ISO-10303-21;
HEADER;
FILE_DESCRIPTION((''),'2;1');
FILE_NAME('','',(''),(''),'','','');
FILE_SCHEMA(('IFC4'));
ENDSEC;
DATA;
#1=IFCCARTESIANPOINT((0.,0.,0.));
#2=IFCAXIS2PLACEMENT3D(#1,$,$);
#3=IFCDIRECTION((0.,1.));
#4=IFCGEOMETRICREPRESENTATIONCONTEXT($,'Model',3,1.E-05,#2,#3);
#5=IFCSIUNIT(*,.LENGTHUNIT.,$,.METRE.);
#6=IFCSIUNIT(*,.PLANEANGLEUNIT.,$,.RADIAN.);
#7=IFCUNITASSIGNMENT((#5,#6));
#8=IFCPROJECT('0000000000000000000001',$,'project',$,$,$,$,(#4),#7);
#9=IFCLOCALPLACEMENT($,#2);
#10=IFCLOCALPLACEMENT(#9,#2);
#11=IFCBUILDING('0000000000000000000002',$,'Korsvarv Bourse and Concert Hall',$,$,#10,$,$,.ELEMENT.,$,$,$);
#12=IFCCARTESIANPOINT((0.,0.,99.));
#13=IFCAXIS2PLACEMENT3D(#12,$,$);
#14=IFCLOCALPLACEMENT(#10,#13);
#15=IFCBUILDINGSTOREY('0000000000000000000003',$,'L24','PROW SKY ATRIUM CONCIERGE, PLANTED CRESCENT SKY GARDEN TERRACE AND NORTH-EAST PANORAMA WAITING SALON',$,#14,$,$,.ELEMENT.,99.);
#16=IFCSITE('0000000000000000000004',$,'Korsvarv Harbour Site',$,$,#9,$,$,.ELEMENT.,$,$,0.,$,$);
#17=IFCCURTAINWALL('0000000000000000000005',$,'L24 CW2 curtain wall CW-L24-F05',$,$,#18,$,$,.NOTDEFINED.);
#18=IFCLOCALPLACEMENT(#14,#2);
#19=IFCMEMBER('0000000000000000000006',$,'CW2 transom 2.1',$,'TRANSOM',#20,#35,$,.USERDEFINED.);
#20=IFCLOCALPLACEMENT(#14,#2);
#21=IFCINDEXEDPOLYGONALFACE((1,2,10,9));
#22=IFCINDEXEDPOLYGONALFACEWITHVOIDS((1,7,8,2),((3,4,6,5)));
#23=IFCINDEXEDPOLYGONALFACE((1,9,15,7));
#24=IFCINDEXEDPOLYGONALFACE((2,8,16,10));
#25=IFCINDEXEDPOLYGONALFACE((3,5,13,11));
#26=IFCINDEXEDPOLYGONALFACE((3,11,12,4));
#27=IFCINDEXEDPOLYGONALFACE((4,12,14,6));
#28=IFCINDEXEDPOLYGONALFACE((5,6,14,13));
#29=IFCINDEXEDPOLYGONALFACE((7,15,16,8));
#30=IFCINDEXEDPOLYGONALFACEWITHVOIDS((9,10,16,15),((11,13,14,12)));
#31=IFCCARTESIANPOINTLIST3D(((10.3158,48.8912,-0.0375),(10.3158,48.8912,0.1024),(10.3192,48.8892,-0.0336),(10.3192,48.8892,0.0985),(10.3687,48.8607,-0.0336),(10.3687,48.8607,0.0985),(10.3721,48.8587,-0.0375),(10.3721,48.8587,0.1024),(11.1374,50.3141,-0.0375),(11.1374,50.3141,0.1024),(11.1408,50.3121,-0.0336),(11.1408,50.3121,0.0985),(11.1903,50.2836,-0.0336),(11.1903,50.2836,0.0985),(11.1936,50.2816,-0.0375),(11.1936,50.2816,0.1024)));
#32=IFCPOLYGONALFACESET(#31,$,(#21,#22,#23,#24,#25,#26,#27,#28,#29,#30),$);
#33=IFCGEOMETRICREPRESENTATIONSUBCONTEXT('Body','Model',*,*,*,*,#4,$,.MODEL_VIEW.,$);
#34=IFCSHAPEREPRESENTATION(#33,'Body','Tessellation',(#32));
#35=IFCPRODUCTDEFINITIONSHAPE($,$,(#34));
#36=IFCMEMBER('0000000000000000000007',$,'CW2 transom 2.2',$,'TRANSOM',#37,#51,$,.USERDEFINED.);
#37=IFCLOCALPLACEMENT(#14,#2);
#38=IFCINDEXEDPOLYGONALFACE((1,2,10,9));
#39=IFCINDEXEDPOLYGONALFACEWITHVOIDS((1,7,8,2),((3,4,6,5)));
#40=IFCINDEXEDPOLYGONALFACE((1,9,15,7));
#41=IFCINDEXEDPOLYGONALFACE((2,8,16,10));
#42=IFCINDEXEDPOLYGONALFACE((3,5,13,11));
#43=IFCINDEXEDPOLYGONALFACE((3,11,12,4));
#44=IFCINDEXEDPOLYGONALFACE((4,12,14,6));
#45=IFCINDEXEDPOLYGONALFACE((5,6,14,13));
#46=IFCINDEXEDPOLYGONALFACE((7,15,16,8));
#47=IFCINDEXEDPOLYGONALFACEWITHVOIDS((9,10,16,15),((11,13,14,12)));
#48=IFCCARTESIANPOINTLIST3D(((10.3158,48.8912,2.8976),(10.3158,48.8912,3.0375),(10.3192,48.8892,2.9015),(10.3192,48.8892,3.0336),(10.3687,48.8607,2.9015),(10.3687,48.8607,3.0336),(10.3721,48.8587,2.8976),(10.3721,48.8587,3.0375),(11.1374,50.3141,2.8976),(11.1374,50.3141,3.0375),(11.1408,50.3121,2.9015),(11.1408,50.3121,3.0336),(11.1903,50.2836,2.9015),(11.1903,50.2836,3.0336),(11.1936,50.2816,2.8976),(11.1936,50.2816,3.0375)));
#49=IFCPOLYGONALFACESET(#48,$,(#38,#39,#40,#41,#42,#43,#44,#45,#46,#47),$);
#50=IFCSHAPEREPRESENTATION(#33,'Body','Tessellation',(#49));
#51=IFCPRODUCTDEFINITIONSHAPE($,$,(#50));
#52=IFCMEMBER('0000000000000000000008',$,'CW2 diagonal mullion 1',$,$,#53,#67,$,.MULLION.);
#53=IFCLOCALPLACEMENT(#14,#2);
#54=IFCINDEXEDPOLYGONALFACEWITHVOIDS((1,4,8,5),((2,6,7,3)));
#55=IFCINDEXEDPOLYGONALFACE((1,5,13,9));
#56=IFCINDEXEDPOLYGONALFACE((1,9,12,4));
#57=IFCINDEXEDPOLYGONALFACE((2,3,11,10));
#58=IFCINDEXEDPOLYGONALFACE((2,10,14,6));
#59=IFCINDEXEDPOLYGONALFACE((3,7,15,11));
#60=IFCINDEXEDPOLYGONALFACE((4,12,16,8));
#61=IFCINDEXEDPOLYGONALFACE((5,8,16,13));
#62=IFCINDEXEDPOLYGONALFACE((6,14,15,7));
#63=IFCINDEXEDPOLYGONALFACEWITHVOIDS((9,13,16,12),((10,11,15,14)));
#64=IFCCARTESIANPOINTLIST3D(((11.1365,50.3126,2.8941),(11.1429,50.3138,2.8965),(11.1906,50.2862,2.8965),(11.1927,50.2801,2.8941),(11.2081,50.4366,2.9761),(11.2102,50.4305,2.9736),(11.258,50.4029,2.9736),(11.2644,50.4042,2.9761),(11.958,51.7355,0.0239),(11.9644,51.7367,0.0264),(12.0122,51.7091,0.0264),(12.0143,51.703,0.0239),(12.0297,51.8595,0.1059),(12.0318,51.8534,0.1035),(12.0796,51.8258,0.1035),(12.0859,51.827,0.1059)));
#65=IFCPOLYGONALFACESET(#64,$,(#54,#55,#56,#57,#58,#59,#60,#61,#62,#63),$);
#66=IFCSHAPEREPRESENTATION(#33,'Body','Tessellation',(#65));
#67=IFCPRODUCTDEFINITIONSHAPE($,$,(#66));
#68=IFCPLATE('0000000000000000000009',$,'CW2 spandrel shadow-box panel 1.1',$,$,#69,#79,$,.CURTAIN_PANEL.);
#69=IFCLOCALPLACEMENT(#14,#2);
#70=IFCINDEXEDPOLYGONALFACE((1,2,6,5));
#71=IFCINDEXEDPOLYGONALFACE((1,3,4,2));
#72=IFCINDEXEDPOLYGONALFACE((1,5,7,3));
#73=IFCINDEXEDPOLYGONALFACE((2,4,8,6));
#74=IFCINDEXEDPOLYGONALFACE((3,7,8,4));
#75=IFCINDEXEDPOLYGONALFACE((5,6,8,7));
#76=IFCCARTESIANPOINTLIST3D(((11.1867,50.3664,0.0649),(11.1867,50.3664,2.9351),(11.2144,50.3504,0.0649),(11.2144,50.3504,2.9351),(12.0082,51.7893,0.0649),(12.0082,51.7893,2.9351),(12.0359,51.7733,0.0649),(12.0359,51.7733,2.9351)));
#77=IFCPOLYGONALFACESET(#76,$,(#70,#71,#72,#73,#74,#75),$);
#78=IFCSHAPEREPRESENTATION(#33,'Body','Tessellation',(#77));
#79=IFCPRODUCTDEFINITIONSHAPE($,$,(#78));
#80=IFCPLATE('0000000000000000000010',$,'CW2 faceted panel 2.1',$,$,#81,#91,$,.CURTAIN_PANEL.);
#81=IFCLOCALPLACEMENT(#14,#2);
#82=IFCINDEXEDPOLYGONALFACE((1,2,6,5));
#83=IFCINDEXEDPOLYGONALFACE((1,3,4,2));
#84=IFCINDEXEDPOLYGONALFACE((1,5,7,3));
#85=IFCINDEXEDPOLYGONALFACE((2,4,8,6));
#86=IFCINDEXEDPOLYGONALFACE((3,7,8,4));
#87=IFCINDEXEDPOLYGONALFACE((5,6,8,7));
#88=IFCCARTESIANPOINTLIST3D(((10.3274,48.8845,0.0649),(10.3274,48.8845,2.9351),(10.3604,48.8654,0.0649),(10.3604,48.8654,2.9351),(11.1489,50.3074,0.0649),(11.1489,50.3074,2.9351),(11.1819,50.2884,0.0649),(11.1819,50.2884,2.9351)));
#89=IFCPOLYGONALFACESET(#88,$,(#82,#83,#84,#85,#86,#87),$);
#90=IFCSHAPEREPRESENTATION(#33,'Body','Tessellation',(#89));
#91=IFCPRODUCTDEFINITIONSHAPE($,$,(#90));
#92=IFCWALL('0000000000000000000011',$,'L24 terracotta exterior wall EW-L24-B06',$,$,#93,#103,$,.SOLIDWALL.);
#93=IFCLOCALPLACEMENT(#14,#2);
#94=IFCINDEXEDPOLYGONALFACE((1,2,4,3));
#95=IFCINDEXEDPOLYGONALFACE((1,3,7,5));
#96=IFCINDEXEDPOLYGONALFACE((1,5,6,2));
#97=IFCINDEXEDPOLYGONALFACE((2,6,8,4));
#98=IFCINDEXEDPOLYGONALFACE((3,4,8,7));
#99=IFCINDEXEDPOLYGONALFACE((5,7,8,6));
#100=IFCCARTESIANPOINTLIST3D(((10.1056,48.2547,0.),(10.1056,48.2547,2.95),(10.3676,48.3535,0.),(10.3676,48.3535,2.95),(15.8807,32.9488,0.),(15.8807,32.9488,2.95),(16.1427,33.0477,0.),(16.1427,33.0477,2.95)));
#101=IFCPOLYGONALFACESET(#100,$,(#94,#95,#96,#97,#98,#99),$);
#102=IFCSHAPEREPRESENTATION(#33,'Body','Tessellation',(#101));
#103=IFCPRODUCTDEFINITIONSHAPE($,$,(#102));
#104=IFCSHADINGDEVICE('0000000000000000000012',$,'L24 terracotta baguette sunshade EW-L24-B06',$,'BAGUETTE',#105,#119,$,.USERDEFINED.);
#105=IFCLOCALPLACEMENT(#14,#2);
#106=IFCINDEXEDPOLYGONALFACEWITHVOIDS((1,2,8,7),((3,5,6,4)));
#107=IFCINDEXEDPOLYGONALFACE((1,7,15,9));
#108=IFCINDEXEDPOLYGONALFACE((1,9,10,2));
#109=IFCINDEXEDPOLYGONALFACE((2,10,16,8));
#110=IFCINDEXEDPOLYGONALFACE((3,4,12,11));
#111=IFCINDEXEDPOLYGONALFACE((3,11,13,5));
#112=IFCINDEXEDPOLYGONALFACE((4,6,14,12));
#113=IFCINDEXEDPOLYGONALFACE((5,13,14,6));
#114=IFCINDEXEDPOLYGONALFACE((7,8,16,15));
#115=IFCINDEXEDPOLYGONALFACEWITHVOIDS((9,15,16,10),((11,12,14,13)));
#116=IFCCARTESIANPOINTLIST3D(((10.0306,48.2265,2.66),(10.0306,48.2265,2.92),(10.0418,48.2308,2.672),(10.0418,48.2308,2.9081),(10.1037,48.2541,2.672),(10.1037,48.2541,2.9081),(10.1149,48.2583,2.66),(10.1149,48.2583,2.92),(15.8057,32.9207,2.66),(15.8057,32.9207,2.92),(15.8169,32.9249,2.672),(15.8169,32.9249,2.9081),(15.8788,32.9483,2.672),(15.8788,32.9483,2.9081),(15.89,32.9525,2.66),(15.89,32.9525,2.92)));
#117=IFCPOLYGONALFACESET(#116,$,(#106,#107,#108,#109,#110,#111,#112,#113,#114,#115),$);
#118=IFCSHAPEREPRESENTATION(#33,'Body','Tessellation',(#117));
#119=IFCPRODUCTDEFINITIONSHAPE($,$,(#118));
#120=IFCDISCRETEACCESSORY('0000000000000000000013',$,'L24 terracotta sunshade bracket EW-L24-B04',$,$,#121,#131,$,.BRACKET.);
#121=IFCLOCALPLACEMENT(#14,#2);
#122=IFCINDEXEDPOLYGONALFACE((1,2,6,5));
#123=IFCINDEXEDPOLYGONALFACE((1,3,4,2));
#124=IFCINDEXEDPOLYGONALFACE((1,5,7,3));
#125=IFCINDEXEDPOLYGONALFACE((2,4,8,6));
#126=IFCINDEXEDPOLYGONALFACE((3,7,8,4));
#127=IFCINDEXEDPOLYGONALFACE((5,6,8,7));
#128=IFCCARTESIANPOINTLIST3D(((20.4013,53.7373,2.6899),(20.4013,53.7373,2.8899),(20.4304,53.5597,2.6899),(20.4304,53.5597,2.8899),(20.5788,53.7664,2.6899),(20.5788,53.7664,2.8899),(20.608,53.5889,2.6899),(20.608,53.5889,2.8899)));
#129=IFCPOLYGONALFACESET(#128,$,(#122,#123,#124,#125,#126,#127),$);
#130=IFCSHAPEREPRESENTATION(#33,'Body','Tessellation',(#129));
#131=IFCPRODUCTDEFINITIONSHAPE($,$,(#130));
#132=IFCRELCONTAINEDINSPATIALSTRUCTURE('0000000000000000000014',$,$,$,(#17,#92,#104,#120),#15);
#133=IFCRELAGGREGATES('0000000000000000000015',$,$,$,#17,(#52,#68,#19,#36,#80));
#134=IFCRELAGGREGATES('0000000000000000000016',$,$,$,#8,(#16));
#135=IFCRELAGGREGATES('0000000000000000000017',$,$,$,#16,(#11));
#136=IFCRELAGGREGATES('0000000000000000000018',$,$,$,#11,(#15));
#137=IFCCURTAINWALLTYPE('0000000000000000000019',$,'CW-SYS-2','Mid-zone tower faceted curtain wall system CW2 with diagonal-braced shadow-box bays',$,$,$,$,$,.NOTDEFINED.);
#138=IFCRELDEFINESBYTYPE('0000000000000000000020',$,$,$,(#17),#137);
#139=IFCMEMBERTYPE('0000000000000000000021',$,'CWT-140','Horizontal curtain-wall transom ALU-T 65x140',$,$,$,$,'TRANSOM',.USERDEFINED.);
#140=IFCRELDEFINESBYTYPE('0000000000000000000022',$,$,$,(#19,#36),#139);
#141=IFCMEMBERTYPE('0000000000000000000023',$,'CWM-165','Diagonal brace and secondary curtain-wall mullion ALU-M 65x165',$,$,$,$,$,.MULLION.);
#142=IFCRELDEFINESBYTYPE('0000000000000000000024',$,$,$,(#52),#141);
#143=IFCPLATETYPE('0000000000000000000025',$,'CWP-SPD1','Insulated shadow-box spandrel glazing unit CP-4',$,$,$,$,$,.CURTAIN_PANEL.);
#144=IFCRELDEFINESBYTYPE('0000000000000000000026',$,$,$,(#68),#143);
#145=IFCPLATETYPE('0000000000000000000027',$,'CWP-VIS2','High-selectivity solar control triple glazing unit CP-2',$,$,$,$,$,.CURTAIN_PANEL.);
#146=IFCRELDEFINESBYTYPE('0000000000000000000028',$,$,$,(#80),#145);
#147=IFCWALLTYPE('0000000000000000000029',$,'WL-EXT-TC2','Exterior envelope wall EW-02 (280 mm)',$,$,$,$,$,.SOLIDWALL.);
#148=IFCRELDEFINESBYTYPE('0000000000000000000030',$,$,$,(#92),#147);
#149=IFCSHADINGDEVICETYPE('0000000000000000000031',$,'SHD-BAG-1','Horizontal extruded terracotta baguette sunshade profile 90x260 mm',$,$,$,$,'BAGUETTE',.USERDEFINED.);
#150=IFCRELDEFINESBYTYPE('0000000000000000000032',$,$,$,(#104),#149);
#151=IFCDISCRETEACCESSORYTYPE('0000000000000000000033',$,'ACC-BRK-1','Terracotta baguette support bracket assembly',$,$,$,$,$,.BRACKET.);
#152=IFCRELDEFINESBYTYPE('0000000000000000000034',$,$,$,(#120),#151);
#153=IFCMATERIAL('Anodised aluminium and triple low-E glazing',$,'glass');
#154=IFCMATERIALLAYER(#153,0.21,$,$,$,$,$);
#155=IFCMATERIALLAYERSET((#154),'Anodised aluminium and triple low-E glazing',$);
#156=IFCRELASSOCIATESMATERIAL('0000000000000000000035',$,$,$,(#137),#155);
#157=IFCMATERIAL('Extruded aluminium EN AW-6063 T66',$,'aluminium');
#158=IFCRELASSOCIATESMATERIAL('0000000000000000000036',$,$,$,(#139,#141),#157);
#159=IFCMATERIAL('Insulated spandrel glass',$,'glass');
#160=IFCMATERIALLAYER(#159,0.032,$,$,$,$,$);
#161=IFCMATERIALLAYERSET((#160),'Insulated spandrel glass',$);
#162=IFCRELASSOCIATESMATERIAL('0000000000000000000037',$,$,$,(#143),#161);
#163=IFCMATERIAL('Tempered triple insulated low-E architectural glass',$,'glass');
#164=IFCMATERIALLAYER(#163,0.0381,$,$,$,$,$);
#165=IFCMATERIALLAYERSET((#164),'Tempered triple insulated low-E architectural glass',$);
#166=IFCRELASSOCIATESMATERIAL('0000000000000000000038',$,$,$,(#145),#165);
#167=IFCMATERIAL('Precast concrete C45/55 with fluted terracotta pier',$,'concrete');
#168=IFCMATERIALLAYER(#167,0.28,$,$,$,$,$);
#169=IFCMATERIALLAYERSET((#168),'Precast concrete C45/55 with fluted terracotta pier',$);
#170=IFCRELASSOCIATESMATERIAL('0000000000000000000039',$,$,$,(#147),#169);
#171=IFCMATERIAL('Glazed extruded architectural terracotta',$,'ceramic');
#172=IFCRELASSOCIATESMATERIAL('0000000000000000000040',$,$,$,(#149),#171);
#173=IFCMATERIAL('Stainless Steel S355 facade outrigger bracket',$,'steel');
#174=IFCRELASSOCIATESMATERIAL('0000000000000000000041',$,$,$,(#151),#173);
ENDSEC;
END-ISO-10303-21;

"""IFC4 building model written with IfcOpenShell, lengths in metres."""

from ifc_helpers import new_model, si_unit, direction, frame, frame_2d, origin, origin_2d, place, context, subcontext, project, spatial, rectangle, hollow_rectangle, extrude, source, transform, mapped, material, layer, layer_set, material_profile, profile_set, type_object, element, aggregate, save


model = new_model("IFC4")

# Units and contexts
model_context = context("Model", 3, precision=1e-05, world=origin(), true_north=direction((0.0, 1.0)))
body_context = subcontext(model_context, "Body", "Model", "MODEL_VIEW")
ifc_project = project(units=[si_unit("LENGTHUNIT", "METRE"), si_unit("PLANEANGLEUNIT", "RADIAN")], contexts=[model_context])

# Site, building, storey
site_placement = place(None, origin())
site = spatial("IfcSite", under=ifc_project, at=site_placement, Name="Korsvarv Harbour Site", CompositionType="ELEMENT", RefElevation=0.0)
building_placement = place(site_placement, origin())
building = spatial("IfcBuilding", under=site, at=building_placement, Name="Korsvarv Bourse and Concert Hall", CompositionType="ELEMENT")
storey_placement = place(building_placement, frame((0.0, 0.0, 99.0)))
storey = spatial("IfcBuildingStorey", under=building, at=storey_placement, Name="L24", Description="PROW SKY ATRIUM CONCIERGE, PLANTED CRESCENT SKY GARDEN TERRACE AND NORTH-EAST PANORAMA WAITING SALON", CompositionType="ELEMENT", Elevation=99.0)

# Curtain wall, members, plates
ifc_material_1 = material(Name="Anodised aluminium and triple low-E glazing", Category="glass")
ifc_layer_1 = layer(ifc_material_1, 0.21)
ifc_layer_set_1 = layer_set([ifc_layer_1], Name="Anodised aluminium and triple low-E glazing")
curtain_wall_type = type_object("IfcCurtainWallType", Name="CW-SYS-2", Description="Mid-zone tower faceted curtain wall system CW2 with diagonal-braced shadow-box bays", PredefinedType="NOTDEFINED", material=ifc_layer_set_1)
curtain_wall_placement = place(storey_placement, origin())
curtain_wall = element("IfcCurtainWall", 1, at=curtain_wall_placement, inside=storey, type_object=curtain_wall_type, Name="L24 CW2 curtain wall CW-L24-F05", PredefinedType="NOTDEFINED")
ifc_material_2 = material(Name="Extruded aluminium EN AW-6063 T66", Category="aluminium")
ifc_material_profile_1 = material_profile(ifc_material_2, hollow_rectangle(XDim=0.0649, YDim=0.1399, WallThickness=0.0039, at=origin_2d()), Name="ALU-T 65x140")
ifc_profile_set_1 = profile_set([ifc_material_profile_1], Name="Extruded aluminium EN AW-6063 T66")
member_type_1 = type_object("IfcMemberType", Name="CWT-140", Description="Horizontal curtain-wall transom ALU-T 65x140", ElementType="TRANSOM", PredefinedType="USERDEFINED", material=ifc_profile_set_1)
shared_shape_1 = source(origin(), body_context, "Body", "SweptSolid", [
    extrude(hollow_rectangle(XDim=0.0649, YDim=0.1399, WallThickness=0.0039, at=origin_2d()), origin(), (0.0, 0.0, 1.0), 1.6431),
])
member_1_placement = place(storey_placement, frame((11.1655, 50.2979, 0.0325), z_axis=(-0.500023, -0.866012, 0.0), x_axis=(0.866012, -0.500023, 0.0)))
member_1 = element("IfcMember", 2, at=member_1_placement, type_object=member_type_1, Name="CW2 transom 2.1", ObjectType="TRANSOM", PredefinedType="USERDEFINED", context=body_context, shape_type="MappedRepresentation", body=[
    mapped(shared_shape_1, transform((0.0, 0.0, 0.0), scale=1.0)),
])
member_2_placement = place(storey_placement, frame((11.1655, 50.2979, 2.9675), z_axis=(-0.500023, -0.866012, 0.0), x_axis=(0.866012, -0.500023, 0.0)))
member_2 = element("IfcMember", 3, at=member_2_placement, type_object=member_type_1, Name="CW2 transom 2.2", ObjectType="TRANSOM", PredefinedType="USERDEFINED", context=body_context, shape_type="MappedRepresentation", body=[
    mapped(shared_shape_1, transform((0.0, 0.0, 0.0), scale=1.0)),
])
ifc_material_profile_2 = material_profile(ifc_material_2, hollow_rectangle(XDim=0.0649, YDim=0.165, WallThickness=0.0049, at=origin_2d()), Name="ALU-M 65x165")
ifc_profile_set_2 = profile_set([ifc_material_profile_2], Name="Extruded aluminium EN AW-6063 T66")
member_type_2 = type_object("IfcMemberType", Name="CWM-165", Description="Diagonal brace and secondary curtain-wall mullion ALU-M 65x165", PredefinedType="MULLION", material=ifc_profile_set_2)
shared_shape_2 = source(origin(), body_context, "Body", "SweptSolid", [
    extrude(hollow_rectangle(XDim=0.0649, YDim=0.165, WallThickness=0.0049, at=origin_2d()), origin(), (0.0, 0.0, 1.0), 3.3071),
])
member_3_placement = place(storey_placement, frame((12.022, 51.7812, 0.0649), z_axis=(-0.248414, -0.43024, 0.867862), x_axis=(0.866012, -0.500023, 0.0)))
member_3 = element("IfcMember", 4, at=member_3_placement, type_object=member_type_2, Name="CW2 diagonal mullion 1", PredefinedType="MULLION", context=body_context, shape_type="MappedRepresentation", body=[
    mapped(shared_shape_2, transform((0.0, 0.0, 0.0), scale=1.0)),
])
ifc_material_3 = material(Name="Insulated spandrel glass", Category="glass")
ifc_layer_2 = layer(ifc_material_3, 0.032)
ifc_layer_set_2 = layer_set([ifc_layer_2], Name="Insulated spandrel glass")
plate_type_1 = type_object("IfcPlateType", Name="CWP-SPD1", Description="Insulated shadow-box spandrel glazing unit CP-4", PredefinedType="CURTAIN_PANEL", material=ifc_layer_set_2)
shared_shape_3 = source(origin(), body_context, "Body", "SweptSolid", [
    extrude(rectangle(XDim=1.6431, YDim=0.032, at=origin_2d()), origin(), (0.0, 0.0, 1.0), 2.8701),
])
plate_1_placement = place(storey_placement, frame((11.6113, 51.0698, 0.0649), z_axis=(0.0, 0.0, 1.0), x_axis=(-0.500003, -0.866024, 0.0)))
plate_1 = element("IfcPlate", 5, at=plate_1_placement, type_object=plate_type_1, Name="CW2 spandrel shadow-box panel 1.1", PredefinedType="CURTAIN_PANEL", context=body_context, shape_type="MappedRepresentation", body=[
    mapped(shared_shape_3, transform((0.0, 0.0, 0.0), scale=1.0)),
])
ifc_material_4 = material(Name="Tempered triple insulated low-E architectural glass", Category="glass")
ifc_layer_3 = layer(ifc_material_4, 0.0381)
ifc_layer_set_3 = layer_set([ifc_layer_3], Name="Tempered triple insulated low-E architectural glass")
plate_type_2 = type_object("IfcPlateType", Name="CWP-VIS2", Description="High-selectivity solar control triple glazing unit CP-2", PredefinedType="CURTAIN_PANEL", material=ifc_layer_set_3)
shared_shape_4 = source(origin(), body_context, "Body", "SweptSolid", [
    extrude(rectangle(XDim=1.6431, YDim=0.0381, at=origin_2d()), origin(), (0.0, 0.0, 1.0), 2.8701),
])
plate_2_placement = place(storey_placement, frame((10.7546, 49.5864, 0.0649), z_axis=(0.0, 0.0, 1.0), x_axis=(-0.500003, -0.866024, 0.0)))
plate_2 = element("IfcPlate", 6, at=plate_2_placement, type_object=plate_type_2, Name="CW2 faceted panel 2.1", PredefinedType="CURTAIN_PANEL", context=body_context, shape_type="MappedRepresentation", body=[
    mapped(shared_shape_4, transform((0.0, 0.0, 0.0), scale=1.0)),
])
aggregate(curtain_wall, [member_3, plate_1, member_1, member_2, plate_2])

# Wall
ifc_material_5 = material(Name="Precast concrete C45/55 with fluted terracotta pier", Category="concrete")
ifc_layer_4 = layer(ifc_material_5, 0.28)
ifc_layer_set_4 = layer_set([ifc_layer_4], Name="Precast concrete C45/55 with fluted terracotta pier")
wall_type = type_object("IfcWallType", Name="WL-EXT-TC2", Description="Exterior envelope wall EW-02 (280 mm)", PredefinedType="SOLIDWALL", material=ifc_layer_set_4)
wall_placement = place(storey_placement, frame((10.2366, 48.3042, 0.0), z_axis=(0.0, 0.0, 1.0), x_axis=(0.353022, -0.935615, 0.0)))
element("IfcWall", 7, at=wall_placement, inside=storey, type_object=wall_type, Name="L24 terracotta exterior wall EW-L24-B06", PredefinedType="SOLIDWALL", context=body_context, shape_type="SweptSolid", body=[
    extrude(rectangle(XDim=16.3591, YDim=0.28, at=frame_2d((8.1797, 0.0))), origin(), (0.0, 0.0, 1.0), 2.95),
])

# Shading device
ifc_material_6 = material(Name="Glazed extruded architectural terracotta", Category="ceramic")
ifc_material_profile_3 = material_profile(ifc_material_6, hollow_rectangle(XDim=0.0901, YDim=0.26, WallThickness=0.012, at=origin_2d()), Name="TC-BAG 90x260")
ifc_profile_set_3 = profile_set([ifc_material_profile_3], Name="Glazed extruded architectural terracotta")
shading_device_type = type_object("IfcShadingDeviceType", Name="SHD-BAG-1", Description="Horizontal extruded terracotta baguette sunshade profile 90x260 mm", ElementType="BAGUETTE", PredefinedType="USERDEFINED", material=ifc_profile_set_3)
shared_shape_5 = source(origin(), body_context, "Body", "SweptSolid", [
    extrude(hollow_rectangle(XDim=0.0901, YDim=0.26, WallThickness=0.012, at=origin_2d()), origin(), (0.0, 0.0, 1.0), 16.3591),
])
shading_device_placement = place(storey_placement, frame((10.0728, 48.2424, 2.79), z_axis=(0.353022, -0.935615, 0.0), x_axis=(0.935615, 0.353022, 0.0)))
element("IfcShadingDevice", 8, at=shading_device_placement, inside=storey, type_object=shading_device_type, Name="L24 terracotta baguette sunshade EW-L24-B06", ObjectType="BAGUETTE", PredefinedType="USERDEFINED", context=body_context, shape_type="MappedRepresentation", body=[
    mapped(shared_shape_5, transform((0.0, 0.0, 0.0), scale=1.0)),
])

# Discrete accessory
ifc_material_7 = material(Name="Stainless Steel S355 facade outrigger bracket", Category="steel")
discrete_accessory_type = type_object("IfcDiscreteAccessoryType", Name="ACC-BRK-1", Description="Terracotta baguette support bracket assembly", PredefinedType="BRACKET", material=ifc_material_7)
shared_shape_6 = source(origin(), body_context, "Body", "SweptSolid", [
    extrude(rectangle(XDim=0.1799, YDim=0.1799, at=origin_2d()), origin(), (0.0, 0.0, 1.0), 0.2),
])
discrete_accessory_placement = place(storey_placement, frame((20.5046, 53.6631, 2.6899), z_axis=(0.0, 0.0, 1.0), x_axis=(-0.986771, -0.162121, 0.0)))
element("IfcDiscreteAccessory", 9, at=discrete_accessory_placement, inside=storey, type_object=discrete_accessory_type, Name="L24 terracotta sunshade bracket EW-L24-B04", PredefinedType="BRACKET", context=body_context, shape_type="MappedRepresentation", body=[
    mapped(shared_shape_6, transform((0.0, 0.0, 0.0), scale=1.0)),
])

save(model, "model.ifc")
